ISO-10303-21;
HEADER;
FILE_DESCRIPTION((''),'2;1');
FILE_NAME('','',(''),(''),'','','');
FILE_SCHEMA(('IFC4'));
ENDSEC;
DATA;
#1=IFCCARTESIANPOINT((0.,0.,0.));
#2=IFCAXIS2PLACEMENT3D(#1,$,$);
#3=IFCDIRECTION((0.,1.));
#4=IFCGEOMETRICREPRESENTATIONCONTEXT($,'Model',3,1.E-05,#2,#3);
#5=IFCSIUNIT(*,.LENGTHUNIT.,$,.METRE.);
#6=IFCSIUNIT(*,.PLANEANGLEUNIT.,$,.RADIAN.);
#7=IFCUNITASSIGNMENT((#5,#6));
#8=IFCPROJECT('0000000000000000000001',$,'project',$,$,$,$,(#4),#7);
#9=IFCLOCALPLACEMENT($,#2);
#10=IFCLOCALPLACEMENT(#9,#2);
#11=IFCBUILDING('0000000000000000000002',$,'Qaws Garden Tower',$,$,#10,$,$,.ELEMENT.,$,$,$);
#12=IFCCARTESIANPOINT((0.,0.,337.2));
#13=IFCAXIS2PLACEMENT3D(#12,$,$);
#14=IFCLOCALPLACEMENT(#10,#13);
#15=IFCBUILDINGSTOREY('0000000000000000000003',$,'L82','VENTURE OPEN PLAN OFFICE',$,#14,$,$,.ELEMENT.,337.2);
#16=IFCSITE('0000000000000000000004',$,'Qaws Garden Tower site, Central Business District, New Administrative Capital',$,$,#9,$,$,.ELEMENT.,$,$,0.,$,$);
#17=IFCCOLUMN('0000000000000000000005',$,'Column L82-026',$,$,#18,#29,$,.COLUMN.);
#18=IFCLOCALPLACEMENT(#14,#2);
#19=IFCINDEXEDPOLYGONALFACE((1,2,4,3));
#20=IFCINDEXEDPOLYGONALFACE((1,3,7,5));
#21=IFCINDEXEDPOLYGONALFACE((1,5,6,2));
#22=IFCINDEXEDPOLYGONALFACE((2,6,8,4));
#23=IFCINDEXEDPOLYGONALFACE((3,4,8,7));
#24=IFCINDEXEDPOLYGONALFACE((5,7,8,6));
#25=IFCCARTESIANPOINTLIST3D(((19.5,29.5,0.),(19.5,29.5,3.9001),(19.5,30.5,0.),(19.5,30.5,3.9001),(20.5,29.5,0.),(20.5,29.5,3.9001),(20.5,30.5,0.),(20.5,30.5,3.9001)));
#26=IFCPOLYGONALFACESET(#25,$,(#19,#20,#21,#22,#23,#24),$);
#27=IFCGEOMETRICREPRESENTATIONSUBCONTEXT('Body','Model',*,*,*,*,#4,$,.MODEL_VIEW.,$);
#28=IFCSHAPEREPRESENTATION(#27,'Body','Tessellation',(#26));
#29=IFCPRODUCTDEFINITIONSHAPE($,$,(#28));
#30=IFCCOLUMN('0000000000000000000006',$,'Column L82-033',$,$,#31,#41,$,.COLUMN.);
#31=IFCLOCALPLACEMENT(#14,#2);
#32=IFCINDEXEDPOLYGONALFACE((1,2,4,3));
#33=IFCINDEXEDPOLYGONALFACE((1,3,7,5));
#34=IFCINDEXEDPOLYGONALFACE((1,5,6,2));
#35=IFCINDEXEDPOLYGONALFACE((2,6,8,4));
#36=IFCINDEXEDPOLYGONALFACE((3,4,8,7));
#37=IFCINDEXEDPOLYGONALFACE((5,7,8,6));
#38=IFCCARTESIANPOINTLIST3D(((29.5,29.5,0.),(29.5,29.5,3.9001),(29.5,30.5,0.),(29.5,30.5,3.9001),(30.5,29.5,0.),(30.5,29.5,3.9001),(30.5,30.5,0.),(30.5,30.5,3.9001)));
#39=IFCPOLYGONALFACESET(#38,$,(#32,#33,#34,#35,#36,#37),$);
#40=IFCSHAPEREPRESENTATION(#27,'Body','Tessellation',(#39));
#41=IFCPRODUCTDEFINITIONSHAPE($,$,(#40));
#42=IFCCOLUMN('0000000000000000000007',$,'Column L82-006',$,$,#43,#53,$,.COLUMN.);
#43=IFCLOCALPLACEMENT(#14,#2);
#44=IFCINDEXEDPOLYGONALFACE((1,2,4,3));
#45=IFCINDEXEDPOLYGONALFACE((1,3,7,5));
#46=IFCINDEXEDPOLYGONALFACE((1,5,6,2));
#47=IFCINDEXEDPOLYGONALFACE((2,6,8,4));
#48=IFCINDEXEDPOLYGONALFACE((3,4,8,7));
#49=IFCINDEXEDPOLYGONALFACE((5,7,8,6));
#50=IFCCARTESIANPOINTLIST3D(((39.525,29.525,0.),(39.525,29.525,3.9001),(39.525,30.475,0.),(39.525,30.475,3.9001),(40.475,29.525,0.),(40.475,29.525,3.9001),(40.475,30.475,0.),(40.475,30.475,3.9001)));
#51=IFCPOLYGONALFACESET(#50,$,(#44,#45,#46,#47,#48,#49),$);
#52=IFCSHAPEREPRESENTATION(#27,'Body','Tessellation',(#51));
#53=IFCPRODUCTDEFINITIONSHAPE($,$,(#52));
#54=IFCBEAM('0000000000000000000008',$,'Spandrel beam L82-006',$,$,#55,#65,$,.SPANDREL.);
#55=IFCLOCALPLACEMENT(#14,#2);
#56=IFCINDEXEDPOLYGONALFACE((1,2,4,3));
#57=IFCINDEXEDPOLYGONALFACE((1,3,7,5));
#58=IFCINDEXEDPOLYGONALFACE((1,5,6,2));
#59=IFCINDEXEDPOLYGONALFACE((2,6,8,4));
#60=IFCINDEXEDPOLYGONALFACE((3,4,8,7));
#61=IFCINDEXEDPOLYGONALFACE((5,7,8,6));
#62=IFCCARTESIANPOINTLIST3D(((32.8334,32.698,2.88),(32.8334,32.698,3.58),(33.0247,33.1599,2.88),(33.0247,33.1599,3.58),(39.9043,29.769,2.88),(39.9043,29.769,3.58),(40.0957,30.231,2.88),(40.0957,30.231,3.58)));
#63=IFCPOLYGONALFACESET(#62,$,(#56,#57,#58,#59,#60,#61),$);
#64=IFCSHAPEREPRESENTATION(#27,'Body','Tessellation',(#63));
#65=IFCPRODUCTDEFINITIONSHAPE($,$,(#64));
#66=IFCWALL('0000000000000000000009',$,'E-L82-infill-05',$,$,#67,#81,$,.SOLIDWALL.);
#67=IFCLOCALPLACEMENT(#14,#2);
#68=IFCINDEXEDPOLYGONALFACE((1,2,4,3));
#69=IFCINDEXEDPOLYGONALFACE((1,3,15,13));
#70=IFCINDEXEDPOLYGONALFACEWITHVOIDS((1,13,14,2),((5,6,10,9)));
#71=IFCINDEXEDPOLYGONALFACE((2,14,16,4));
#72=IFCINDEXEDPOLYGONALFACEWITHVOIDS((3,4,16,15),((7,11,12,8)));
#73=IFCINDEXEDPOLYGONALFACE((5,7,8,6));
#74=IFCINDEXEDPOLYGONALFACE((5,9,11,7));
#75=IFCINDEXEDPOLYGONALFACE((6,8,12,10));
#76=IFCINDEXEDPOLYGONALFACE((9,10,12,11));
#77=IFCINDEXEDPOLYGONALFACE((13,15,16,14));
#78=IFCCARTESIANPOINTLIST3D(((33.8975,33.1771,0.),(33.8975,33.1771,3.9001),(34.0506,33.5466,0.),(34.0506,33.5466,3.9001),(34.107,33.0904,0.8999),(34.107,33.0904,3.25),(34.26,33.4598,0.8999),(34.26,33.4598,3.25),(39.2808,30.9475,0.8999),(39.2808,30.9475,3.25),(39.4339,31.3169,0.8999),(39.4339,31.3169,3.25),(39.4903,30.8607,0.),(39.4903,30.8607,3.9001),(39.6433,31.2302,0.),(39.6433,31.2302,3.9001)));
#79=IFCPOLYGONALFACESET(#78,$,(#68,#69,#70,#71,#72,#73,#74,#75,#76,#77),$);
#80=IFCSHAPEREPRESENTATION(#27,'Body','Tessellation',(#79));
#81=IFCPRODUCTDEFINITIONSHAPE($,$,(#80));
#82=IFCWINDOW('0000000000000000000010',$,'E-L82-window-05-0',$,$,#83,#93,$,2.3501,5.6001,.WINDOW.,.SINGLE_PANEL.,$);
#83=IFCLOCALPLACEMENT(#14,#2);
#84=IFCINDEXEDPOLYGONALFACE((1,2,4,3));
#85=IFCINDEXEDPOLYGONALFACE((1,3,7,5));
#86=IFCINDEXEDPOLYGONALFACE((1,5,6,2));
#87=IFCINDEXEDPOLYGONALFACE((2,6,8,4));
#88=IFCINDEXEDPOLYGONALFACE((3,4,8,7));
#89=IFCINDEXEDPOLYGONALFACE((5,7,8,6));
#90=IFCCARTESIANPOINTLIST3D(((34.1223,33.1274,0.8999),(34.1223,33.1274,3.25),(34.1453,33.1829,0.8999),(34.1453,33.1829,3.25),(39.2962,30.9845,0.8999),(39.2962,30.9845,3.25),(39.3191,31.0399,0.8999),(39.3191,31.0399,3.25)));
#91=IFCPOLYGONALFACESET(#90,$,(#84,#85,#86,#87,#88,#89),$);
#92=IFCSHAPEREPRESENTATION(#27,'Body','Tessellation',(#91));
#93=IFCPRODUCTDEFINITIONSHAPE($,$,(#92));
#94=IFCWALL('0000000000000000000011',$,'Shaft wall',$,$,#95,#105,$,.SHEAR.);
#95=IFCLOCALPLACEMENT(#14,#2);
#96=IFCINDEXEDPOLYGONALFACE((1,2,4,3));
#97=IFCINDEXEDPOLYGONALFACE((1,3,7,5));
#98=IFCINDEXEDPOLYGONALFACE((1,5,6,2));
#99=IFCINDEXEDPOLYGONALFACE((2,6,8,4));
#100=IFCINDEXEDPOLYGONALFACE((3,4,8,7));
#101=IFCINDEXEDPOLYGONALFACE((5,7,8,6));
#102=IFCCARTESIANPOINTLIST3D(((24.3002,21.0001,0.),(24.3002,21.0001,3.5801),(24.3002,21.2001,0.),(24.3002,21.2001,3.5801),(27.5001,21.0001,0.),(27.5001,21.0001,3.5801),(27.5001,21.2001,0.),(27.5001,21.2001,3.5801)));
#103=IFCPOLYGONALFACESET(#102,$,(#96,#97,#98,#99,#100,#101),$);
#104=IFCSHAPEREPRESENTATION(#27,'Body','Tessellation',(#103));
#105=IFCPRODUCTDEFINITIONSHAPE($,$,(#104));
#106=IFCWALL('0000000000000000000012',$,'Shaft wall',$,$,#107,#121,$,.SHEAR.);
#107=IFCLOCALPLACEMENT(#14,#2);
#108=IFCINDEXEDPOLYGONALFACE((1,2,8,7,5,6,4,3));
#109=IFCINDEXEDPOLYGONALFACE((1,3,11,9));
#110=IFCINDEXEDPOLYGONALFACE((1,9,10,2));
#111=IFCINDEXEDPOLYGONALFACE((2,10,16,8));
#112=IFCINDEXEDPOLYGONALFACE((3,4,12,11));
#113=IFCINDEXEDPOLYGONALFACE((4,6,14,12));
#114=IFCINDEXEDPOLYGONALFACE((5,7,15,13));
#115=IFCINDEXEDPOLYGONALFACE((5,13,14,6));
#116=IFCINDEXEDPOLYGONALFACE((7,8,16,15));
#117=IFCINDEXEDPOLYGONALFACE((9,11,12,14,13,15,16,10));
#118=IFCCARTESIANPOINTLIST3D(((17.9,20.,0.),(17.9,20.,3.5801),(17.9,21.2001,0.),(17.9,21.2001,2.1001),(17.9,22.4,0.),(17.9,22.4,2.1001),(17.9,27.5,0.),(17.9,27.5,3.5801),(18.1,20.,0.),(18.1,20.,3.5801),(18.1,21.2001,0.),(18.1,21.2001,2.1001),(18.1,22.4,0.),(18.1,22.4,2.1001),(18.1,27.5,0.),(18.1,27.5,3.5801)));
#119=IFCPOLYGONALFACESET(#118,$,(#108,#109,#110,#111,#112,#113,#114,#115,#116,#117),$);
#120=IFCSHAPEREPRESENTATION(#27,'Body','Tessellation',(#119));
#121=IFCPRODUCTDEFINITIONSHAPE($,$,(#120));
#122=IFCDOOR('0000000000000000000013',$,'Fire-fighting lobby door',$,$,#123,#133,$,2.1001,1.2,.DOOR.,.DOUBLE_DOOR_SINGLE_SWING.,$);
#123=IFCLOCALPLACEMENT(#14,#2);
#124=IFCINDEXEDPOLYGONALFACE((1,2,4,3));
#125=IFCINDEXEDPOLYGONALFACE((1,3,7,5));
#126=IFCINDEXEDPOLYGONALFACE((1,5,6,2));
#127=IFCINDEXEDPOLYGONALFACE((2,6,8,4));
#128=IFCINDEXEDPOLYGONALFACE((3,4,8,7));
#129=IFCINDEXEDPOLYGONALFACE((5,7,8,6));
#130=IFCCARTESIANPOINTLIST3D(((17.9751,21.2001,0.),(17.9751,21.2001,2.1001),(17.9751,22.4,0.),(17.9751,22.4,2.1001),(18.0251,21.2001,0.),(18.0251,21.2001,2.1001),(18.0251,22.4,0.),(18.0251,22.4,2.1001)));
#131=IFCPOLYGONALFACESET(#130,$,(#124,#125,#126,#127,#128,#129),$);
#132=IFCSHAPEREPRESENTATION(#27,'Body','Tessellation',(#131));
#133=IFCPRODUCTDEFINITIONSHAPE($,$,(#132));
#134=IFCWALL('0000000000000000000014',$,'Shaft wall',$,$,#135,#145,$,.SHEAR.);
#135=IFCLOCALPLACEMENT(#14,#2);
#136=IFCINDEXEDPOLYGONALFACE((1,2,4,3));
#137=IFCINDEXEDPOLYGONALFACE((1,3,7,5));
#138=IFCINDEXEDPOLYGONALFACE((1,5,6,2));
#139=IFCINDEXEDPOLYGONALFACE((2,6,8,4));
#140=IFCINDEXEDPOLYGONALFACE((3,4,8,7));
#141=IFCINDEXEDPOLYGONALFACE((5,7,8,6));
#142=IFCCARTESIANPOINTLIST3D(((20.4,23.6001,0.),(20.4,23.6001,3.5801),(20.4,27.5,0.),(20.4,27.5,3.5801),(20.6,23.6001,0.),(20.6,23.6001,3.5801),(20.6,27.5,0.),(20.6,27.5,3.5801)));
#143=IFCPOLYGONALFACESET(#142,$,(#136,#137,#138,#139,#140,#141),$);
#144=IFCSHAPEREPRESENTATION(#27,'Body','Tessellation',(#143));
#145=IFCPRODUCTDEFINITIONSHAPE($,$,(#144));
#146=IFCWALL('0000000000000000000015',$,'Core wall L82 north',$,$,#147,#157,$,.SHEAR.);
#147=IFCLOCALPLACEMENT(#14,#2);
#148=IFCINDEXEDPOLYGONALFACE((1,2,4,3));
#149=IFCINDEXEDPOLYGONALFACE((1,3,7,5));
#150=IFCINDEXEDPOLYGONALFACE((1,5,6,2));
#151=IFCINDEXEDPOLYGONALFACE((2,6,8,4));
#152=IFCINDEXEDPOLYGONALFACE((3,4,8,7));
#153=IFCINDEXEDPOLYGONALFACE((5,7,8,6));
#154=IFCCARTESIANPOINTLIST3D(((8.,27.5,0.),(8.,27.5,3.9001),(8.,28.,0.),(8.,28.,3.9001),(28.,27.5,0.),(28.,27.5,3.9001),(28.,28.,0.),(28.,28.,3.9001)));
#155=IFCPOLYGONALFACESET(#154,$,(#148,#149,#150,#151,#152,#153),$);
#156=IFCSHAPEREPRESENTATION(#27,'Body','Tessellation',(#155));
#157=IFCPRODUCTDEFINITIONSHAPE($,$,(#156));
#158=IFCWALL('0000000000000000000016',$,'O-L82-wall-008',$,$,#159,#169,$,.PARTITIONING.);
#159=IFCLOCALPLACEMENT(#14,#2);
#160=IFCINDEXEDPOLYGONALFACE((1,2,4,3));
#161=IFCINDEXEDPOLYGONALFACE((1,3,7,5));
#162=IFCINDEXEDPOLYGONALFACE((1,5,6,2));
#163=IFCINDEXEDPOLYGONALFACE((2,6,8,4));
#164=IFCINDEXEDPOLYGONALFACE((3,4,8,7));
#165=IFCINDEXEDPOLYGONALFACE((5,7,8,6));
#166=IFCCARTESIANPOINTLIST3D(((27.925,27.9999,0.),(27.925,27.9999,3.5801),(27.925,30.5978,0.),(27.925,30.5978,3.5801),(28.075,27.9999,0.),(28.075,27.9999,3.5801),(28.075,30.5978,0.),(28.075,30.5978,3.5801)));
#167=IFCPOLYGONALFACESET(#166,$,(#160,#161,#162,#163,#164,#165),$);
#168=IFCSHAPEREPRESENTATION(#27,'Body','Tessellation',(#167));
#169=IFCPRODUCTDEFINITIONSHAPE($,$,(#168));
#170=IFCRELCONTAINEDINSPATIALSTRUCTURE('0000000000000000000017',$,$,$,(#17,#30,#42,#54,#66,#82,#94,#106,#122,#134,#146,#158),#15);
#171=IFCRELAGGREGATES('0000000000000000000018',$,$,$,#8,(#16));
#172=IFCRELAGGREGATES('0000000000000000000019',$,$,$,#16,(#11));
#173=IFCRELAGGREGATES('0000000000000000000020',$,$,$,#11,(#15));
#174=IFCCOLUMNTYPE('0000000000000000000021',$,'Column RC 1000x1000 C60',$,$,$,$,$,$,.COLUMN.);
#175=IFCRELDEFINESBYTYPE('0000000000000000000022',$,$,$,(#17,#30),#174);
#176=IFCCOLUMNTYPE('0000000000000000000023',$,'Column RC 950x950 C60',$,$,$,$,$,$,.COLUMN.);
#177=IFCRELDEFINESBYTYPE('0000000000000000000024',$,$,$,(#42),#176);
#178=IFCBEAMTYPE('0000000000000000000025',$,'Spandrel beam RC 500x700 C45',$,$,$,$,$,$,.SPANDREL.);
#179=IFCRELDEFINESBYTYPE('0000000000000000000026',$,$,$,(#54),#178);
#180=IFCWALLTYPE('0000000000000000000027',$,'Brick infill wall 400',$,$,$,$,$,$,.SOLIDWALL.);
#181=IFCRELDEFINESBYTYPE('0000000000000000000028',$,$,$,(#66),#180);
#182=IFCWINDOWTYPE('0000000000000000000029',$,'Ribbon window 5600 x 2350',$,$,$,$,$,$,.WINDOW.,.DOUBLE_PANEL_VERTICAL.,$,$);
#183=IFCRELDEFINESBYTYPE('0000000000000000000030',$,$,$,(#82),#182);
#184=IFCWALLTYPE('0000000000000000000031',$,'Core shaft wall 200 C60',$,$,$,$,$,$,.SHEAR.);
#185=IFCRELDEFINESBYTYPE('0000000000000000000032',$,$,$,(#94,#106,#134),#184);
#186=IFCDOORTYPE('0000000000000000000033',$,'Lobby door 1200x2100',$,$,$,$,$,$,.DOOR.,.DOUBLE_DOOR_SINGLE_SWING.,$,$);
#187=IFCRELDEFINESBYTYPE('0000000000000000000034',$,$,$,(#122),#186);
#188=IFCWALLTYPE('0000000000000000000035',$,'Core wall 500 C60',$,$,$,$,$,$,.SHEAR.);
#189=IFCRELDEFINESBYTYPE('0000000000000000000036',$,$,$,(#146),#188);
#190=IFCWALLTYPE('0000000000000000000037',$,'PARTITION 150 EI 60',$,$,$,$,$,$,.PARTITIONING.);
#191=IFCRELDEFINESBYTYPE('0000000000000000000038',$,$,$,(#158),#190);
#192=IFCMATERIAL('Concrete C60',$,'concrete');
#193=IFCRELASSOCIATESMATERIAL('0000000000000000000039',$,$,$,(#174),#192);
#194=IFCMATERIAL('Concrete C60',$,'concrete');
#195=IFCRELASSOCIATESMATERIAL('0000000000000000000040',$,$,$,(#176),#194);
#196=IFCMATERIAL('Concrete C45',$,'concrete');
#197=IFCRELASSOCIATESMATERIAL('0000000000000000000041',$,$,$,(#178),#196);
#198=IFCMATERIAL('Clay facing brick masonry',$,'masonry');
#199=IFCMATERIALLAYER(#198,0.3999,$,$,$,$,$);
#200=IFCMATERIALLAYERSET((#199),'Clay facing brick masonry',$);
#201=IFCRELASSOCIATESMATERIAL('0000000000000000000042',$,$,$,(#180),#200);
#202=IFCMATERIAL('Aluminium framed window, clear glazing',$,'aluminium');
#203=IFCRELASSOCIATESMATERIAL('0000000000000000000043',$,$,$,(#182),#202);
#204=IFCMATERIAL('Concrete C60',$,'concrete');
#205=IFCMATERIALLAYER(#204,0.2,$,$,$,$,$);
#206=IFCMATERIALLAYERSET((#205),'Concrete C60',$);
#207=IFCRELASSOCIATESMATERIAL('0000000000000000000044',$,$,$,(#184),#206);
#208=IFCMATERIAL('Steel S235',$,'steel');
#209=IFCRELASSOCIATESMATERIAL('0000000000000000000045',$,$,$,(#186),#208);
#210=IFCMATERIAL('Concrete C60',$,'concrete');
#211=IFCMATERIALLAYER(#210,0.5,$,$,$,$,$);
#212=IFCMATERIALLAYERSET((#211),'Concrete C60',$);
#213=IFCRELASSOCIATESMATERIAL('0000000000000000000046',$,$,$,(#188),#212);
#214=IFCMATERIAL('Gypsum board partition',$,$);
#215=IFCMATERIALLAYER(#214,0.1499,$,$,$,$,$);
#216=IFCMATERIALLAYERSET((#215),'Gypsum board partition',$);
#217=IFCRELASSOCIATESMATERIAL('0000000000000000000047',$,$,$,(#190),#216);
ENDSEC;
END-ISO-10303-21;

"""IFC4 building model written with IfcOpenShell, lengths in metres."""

from ifc_helpers import new_model, si_unit, direction, frame, frame_2d, origin, origin_2d, place, context, subcontext, project, spatial, rectangle, extrude, material, layer, layer_set, material_profile, profile_set, type_object, element, fill, save


model = new_model("IFC4")

# Units and contexts
model_context = context("Model", 3, precision=1e-05, world=origin(), true_north=direction((0.0, 1.0)))
body_context = subcontext(model_context, "Body", "Model", "MODEL_VIEW")
ifc_project = project(units=[si_unit("LENGTHUNIT", "METRE"), si_unit("PLANEANGLEUNIT", "RADIAN")], contexts=[model_context])

# Site, building, storey
site_placement = place(None, origin())
site = spatial("IfcSite", under=ifc_project, at=site_placement, Name="Qaws Garden Tower site, Central Business District, New Administrative Capital", CompositionType="ELEMENT", RefElevation=0.0)
building_placement = place(site_placement, origin())
building = spatial("IfcBuilding", under=site, at=building_placement, Name="Qaws Garden Tower", CompositionType="ELEMENT")
storey_placement = place(building_placement, frame((0.0, 0.0, 337.2)))
storey = spatial("IfcBuildingStorey", under=building, at=storey_placement, Name="L82", Description="VENTURE OPEN PLAN OFFICE", CompositionType="ELEMENT", Elevation=337.2)

# Columns
ifc_material_1 = material(Name="Concrete C60", Category="concrete")
ifc_material_profile_1 = material_profile(ifc_material_1, rectangle(XDim=1.0, YDim=1.0, at=origin_2d()), Name="RC 1000x1000")
ifc_profile_set_1 = profile_set([ifc_material_profile_1], Name="Concrete C60")
column_type_1 = type_object("IfcColumnType", Name="Column RC 1000x1000 C60", PredefinedType="COLUMN", material=ifc_profile_set_1)
for number, where, z_axis, x_axis, name in (
    (1, (20.0, 30.0, 0.0), (0.0, 0.0, 1.0), (1.0, 0.0, 0.0), "Column L82-026"),
    (2, (30.0, 30.0, 0.0), (0.0, 0.0, 1.0), (1.0, 0.0, 0.0), "Column L82-033"),
):
    element("IfcColumn", number, at=place(storey_placement, frame(where, z_axis=z_axis, x_axis=x_axis)), inside=storey, type_object=column_type_1, Name=name, PredefinedType="COLUMN", context=body_context, shape_type="SweptSolid", body=[
        extrude(rectangle(XDim=1.0, YDim=1.0, at=origin_2d()), origin(), (0.0, 0.0, 1.0), 3.9001),
    ])
ifc_material_2 = material(Name="Concrete C60", Category="concrete")
ifc_material_profile_2 = material_profile(ifc_material_2, rectangle(XDim=0.95, YDim=0.95, at=origin_2d()), Name="RC 950x950")
ifc_profile_set_2 = profile_set([ifc_material_profile_2], Name="Concrete C60")
column_type_2 = type_object("IfcColumnType", Name="Column RC 950x950 C60", PredefinedType="COLUMN", material=ifc_profile_set_2)
column_placement = place(storey_placement, frame((40.0, 30.0, 0.0), z_axis=(0.0, 0.0, 1.0), x_axis=(1.0, 0.0, 0.0)))
element("IfcColumn", 3, at=column_placement, inside=storey, type_object=column_type_2, Name="Column L82-006", PredefinedType="COLUMN", context=body_context, shape_type="SweptSolid", body=[
    extrude(rectangle(XDim=0.95, YDim=0.95, at=origin_2d()), origin(), (0.0, 0.0, 1.0), 3.9001),
])

# Beam
ifc_material_3 = material(Name="Concrete C45", Category="concrete")
ifc_material_profile_3 = material_profile(ifc_material_3, rectangle(XDim=0.5, YDim=0.7, at=origin_2d()), Name="RC 500x700")
ifc_profile_set_3 = profile_set([ifc_material_profile_3], Name="Concrete C45")
beam_type = type_object("IfcBeamType", Name="Spandrel beam RC 500x700 C45", PredefinedType="SPANDREL", material=ifc_profile_set_3)
beam_placement = place(storey_placement, frame((40.0, 30.0, 3.23), z_axis=(-0.923878, 0.382687, 0.0), x_axis=(-0.382687, -0.923878, 0.0)))
element("IfcBeam", 4, at=beam_placement, inside=storey, type_object=beam_type, Name="Spandrel beam L82-006", PredefinedType="SPANDREL", context=body_context, shape_type="SweptSolid", body=[
    extrude(rectangle(XDim=0.5, YDim=0.7, at=origin_2d()), origin(), (0.0, 0.0, 1.0), 7.6536),
])

# Wall, opening, window
ifc_material_4 = material(Name="Clay facing brick masonry", Category="masonry")
ifc_layer_1 = layer(ifc_material_4, 0.3999)
ifc_layer_set_1 = layer_set([ifc_layer_1], Name="Clay facing brick masonry")
wall_type_1 = type_object("IfcWallType", Name="Brick infill wall 400", PredefinedType="SOLIDWALL", material=ifc_layer_set_1)
wall_1_placement = place(storey_placement, frame((39.5669, 31.0454, 0.0), z_axis=(0.0, 0.0, 1.0), x_axis=(-0.923891, 0.382656, 0.0)))
wall_1 = element("IfcWall", 5, at=wall_1_placement, inside=storey, type_object=wall_type_1, Name="E-L82-infill-05", PredefinedType="SOLIDWALL", context=body_context, shape_type="SweptSolid", body=[
    extrude(rectangle(XDim=6.0535, YDim=0.3999, at=frame_2d((3.0269, 0.0))), origin(), (0.0, 0.0, 1.0), 3.9001),
])
opening_1_placement = place(wall_1_placement, frame((0.2268, 0.0, 0.8999)))
opening_1 = element("IfcOpeningElement", 6, at=opening_1_placement, cuts=wall_1, PredefinedType="OPENING", context=body_context, shape_type="SweptSolid", body=[
    extrude(rectangle(XDim=5.6001, YDim=2.3501, at=frame_2d((2.8, 1.175))), frame((0.0, 0.21, 0.0), z_axis=(0.0, -1.0, 0.0), x_axis=(1.0, 0.0, 0.0)), (0.0, 0.0, 1.0), 0.4199),
])
ifc_material_5 = material(Name="Aluminium framed window, clear glazing", Category="aluminium")
window_type = type_object("IfcWindowType", Name="Ribbon window 5600 x 2350", PartitioningType="DOUBLE_PANEL_VERTICAL", PredefinedType="WINDOW", material=ifc_material_5)
window_placement = place(opening_1_placement, origin())
window = element("IfcWindow", 7, at=window_placement, inside=storey, type_object=window_type, Name="E-L82-window-05-0", OverallHeight=2.3501, OverallWidth=5.6001, PartitioningType="SINGLE_PANEL", PredefinedType="WINDOW", context=body_context, shape_type="SweptSolid", body=[
    extrude(rectangle(XDim=5.6001, YDim=2.3501, at=frame_2d((2.8, 1.175))), frame((0.0, 0.1599, 0.0), z_axis=(0.0, -1.0, 0.0), x_axis=(1.0, 0.0, 0.0)), (0.0, 0.0, 1.0), 0.0601),
])
fill(opening_1, window)

# Wall
ifc_material_6 = material(Name="Concrete C60", Category="concrete")
ifc_layer_2 = layer(ifc_material_6, 0.2)
ifc_layer_set_2 = layer_set([ifc_layer_2], Name="Concrete C60")
wall_type_2 = type_object("IfcWallType", Name="Core shaft wall 200 C60", PredefinedType="SHEAR", material=ifc_layer_set_2)
wall_2_placement = place(storey_placement, frame((24.3, 21.1001, 0.0), z_axis=(0.0, 0.0, 1.0), x_axis=(1.0, 0.0, 0.0)))
element("IfcWall", 8, at=wall_2_placement, inside=storey, type_object=wall_type_2, Name="Shaft wall", PredefinedType="SHEAR", context=body_context, shape_type="SweptSolid", body=[
    extrude(rectangle(XDim=3.2, YDim=0.2, at=frame_2d((1.6001, 0.0))), origin(), (0.0, 0.0, 1.0), 3.5801),
])

# Wall, opening, door
wall_3_placement = place(storey_placement, frame((18.0, 20.0, 0.0), z_axis=(0.0, 0.0, 1.0), x_axis=(0.0, 1.0, 0.0)))
wall_3 = element("IfcWall", 9, at=wall_3_placement, inside=storey, type_object=wall_type_2, Name="Shaft wall", PredefinedType="SHEAR", context=body_context, shape_type="SweptSolid", body=[
    extrude(rectangle(XDim=7.5, YDim=0.2, at=frame_2d((3.75, 0.0))), origin(), (0.0, 0.0, 1.0), 3.5801),
])
opening_2_placement = place(wall_3_placement, frame((1.2, 0.0, 0.0)))
opening_2 = element("IfcOpeningElement", 10, at=opening_2_placement, cuts=wall_3, PredefinedType="OPENING", context=body_context, shape_type="SweptSolid", body=[
    extrude(rectangle(XDim=1.2, YDim=2.1001, at=frame_2d((0.6001, 1.05))), frame((0.0, 0.1099, 0.0), z_axis=(0.0, -1.0, 0.0), x_axis=(1.0, 0.0, 0.0)), (0.0, 0.0, 1.0), 0.22),
])
ifc_material_7 = material(Name="Steel S235", Category="steel")
door_type = type_object("IfcDoorType", Name="Lobby door 1200x2100", OperationType="DOUBLE_DOOR_SINGLE_SWING", PredefinedType="DOOR", material=ifc_material_7)
door_placement = place(opening_2_placement, origin())
door = element("IfcDoor", 11, at=door_placement, inside=storey, type_object=door_type, Name="Fire-fighting lobby door", OperationType="DOUBLE_DOOR_SINGLE_SWING", OverallHeight=2.1001, OverallWidth=1.2, PredefinedType="DOOR", context=body_context, shape_type="SweptSolid", body=[
    extrude(rectangle(XDim=1.2, YDim=2.1001, at=frame_2d((0.6001, 1.05))), frame((0.0, 0.0249, 0.0), z_axis=(0.0, -1.0, 0.0), x_axis=(1.0, 0.0, 0.0)), (0.0, 0.0, 1.0), 0.05),
])
fill(opening_2, door)

# Walls
wall_4_placement = place(storey_placement, frame((20.5, 23.6001, 0.0), z_axis=(0.0, 0.0, 1.0), x_axis=(0.0, 1.0, 0.0)))
element("IfcWall", 12, at=wall_4_placement, inside=storey, type_object=wall_type_2, Name="Shaft wall", PredefinedType="SHEAR", context=body_context, shape_type="SweptSolid", body=[
    extrude(rectangle(XDim=3.8999, YDim=0.2, at=frame_2d((1.95, 0.0))), origin(), (0.0, 0.0, 1.0), 3.5801),
])
ifc_material_8 = material(Name="Concrete C60", Category="concrete")
ifc_layer_3 = layer(ifc_material_8, 0.5)
ifc_layer_set_3 = layer_set([ifc_layer_3], Name="Concrete C60")
wall_type_3 = type_object("IfcWallType", Name="Core wall 500 C60", PredefinedType="SHEAR", material=ifc_layer_set_3)
wall_5_placement = place(storey_placement, frame((28.0, 27.75, 0.0), z_axis=(0.0, 0.0, 1.0), x_axis=(-1.0, 0.0, 0.0)))
element("IfcWall", 13, at=wall_5_placement, inside=storey, type_object=wall_type_3, Name="Core wall L82 north", PredefinedType="SHEAR", context=body_context, shape_type="SweptSolid", body=[
    extrude(rectangle(XDim=20.0, YDim=0.5, at=frame_2d((10.0, 0.0))), origin(), (0.0, 0.0, 1.0), 3.9001),
])
ifc_material_9 = material(Name="Gypsum board partition")
ifc_layer_4 = layer(ifc_material_9, 0.1499)
ifc_layer_set_4 = layer_set([ifc_layer_4], Name="Gypsum board partition")
wall_type_4 = type_object("IfcWallType", Name="PARTITION 150 EI 60", PredefinedType="PARTITIONING", material=ifc_layer_set_4)
wall_6_placement = place(storey_placement, frame((28.0, 28.0, 0.0), z_axis=(0.0, 0.0, 1.0), x_axis=(0.0, 1.0, 0.0)))
element("IfcWall", 14, at=wall_6_placement, inside=storey, type_object=wall_type_4, Name="O-L82-wall-008", PredefinedType="PARTITIONING", context=body_context, shape_type="SweptSolid", body=[
    extrude(rectangle(XDim=2.5979, YDim=0.1499, at=frame_2d((1.2988, 0.0))), origin(), (0.0, 0.0, 1.0), 3.5801),
])

save(model, "model.ifc")
